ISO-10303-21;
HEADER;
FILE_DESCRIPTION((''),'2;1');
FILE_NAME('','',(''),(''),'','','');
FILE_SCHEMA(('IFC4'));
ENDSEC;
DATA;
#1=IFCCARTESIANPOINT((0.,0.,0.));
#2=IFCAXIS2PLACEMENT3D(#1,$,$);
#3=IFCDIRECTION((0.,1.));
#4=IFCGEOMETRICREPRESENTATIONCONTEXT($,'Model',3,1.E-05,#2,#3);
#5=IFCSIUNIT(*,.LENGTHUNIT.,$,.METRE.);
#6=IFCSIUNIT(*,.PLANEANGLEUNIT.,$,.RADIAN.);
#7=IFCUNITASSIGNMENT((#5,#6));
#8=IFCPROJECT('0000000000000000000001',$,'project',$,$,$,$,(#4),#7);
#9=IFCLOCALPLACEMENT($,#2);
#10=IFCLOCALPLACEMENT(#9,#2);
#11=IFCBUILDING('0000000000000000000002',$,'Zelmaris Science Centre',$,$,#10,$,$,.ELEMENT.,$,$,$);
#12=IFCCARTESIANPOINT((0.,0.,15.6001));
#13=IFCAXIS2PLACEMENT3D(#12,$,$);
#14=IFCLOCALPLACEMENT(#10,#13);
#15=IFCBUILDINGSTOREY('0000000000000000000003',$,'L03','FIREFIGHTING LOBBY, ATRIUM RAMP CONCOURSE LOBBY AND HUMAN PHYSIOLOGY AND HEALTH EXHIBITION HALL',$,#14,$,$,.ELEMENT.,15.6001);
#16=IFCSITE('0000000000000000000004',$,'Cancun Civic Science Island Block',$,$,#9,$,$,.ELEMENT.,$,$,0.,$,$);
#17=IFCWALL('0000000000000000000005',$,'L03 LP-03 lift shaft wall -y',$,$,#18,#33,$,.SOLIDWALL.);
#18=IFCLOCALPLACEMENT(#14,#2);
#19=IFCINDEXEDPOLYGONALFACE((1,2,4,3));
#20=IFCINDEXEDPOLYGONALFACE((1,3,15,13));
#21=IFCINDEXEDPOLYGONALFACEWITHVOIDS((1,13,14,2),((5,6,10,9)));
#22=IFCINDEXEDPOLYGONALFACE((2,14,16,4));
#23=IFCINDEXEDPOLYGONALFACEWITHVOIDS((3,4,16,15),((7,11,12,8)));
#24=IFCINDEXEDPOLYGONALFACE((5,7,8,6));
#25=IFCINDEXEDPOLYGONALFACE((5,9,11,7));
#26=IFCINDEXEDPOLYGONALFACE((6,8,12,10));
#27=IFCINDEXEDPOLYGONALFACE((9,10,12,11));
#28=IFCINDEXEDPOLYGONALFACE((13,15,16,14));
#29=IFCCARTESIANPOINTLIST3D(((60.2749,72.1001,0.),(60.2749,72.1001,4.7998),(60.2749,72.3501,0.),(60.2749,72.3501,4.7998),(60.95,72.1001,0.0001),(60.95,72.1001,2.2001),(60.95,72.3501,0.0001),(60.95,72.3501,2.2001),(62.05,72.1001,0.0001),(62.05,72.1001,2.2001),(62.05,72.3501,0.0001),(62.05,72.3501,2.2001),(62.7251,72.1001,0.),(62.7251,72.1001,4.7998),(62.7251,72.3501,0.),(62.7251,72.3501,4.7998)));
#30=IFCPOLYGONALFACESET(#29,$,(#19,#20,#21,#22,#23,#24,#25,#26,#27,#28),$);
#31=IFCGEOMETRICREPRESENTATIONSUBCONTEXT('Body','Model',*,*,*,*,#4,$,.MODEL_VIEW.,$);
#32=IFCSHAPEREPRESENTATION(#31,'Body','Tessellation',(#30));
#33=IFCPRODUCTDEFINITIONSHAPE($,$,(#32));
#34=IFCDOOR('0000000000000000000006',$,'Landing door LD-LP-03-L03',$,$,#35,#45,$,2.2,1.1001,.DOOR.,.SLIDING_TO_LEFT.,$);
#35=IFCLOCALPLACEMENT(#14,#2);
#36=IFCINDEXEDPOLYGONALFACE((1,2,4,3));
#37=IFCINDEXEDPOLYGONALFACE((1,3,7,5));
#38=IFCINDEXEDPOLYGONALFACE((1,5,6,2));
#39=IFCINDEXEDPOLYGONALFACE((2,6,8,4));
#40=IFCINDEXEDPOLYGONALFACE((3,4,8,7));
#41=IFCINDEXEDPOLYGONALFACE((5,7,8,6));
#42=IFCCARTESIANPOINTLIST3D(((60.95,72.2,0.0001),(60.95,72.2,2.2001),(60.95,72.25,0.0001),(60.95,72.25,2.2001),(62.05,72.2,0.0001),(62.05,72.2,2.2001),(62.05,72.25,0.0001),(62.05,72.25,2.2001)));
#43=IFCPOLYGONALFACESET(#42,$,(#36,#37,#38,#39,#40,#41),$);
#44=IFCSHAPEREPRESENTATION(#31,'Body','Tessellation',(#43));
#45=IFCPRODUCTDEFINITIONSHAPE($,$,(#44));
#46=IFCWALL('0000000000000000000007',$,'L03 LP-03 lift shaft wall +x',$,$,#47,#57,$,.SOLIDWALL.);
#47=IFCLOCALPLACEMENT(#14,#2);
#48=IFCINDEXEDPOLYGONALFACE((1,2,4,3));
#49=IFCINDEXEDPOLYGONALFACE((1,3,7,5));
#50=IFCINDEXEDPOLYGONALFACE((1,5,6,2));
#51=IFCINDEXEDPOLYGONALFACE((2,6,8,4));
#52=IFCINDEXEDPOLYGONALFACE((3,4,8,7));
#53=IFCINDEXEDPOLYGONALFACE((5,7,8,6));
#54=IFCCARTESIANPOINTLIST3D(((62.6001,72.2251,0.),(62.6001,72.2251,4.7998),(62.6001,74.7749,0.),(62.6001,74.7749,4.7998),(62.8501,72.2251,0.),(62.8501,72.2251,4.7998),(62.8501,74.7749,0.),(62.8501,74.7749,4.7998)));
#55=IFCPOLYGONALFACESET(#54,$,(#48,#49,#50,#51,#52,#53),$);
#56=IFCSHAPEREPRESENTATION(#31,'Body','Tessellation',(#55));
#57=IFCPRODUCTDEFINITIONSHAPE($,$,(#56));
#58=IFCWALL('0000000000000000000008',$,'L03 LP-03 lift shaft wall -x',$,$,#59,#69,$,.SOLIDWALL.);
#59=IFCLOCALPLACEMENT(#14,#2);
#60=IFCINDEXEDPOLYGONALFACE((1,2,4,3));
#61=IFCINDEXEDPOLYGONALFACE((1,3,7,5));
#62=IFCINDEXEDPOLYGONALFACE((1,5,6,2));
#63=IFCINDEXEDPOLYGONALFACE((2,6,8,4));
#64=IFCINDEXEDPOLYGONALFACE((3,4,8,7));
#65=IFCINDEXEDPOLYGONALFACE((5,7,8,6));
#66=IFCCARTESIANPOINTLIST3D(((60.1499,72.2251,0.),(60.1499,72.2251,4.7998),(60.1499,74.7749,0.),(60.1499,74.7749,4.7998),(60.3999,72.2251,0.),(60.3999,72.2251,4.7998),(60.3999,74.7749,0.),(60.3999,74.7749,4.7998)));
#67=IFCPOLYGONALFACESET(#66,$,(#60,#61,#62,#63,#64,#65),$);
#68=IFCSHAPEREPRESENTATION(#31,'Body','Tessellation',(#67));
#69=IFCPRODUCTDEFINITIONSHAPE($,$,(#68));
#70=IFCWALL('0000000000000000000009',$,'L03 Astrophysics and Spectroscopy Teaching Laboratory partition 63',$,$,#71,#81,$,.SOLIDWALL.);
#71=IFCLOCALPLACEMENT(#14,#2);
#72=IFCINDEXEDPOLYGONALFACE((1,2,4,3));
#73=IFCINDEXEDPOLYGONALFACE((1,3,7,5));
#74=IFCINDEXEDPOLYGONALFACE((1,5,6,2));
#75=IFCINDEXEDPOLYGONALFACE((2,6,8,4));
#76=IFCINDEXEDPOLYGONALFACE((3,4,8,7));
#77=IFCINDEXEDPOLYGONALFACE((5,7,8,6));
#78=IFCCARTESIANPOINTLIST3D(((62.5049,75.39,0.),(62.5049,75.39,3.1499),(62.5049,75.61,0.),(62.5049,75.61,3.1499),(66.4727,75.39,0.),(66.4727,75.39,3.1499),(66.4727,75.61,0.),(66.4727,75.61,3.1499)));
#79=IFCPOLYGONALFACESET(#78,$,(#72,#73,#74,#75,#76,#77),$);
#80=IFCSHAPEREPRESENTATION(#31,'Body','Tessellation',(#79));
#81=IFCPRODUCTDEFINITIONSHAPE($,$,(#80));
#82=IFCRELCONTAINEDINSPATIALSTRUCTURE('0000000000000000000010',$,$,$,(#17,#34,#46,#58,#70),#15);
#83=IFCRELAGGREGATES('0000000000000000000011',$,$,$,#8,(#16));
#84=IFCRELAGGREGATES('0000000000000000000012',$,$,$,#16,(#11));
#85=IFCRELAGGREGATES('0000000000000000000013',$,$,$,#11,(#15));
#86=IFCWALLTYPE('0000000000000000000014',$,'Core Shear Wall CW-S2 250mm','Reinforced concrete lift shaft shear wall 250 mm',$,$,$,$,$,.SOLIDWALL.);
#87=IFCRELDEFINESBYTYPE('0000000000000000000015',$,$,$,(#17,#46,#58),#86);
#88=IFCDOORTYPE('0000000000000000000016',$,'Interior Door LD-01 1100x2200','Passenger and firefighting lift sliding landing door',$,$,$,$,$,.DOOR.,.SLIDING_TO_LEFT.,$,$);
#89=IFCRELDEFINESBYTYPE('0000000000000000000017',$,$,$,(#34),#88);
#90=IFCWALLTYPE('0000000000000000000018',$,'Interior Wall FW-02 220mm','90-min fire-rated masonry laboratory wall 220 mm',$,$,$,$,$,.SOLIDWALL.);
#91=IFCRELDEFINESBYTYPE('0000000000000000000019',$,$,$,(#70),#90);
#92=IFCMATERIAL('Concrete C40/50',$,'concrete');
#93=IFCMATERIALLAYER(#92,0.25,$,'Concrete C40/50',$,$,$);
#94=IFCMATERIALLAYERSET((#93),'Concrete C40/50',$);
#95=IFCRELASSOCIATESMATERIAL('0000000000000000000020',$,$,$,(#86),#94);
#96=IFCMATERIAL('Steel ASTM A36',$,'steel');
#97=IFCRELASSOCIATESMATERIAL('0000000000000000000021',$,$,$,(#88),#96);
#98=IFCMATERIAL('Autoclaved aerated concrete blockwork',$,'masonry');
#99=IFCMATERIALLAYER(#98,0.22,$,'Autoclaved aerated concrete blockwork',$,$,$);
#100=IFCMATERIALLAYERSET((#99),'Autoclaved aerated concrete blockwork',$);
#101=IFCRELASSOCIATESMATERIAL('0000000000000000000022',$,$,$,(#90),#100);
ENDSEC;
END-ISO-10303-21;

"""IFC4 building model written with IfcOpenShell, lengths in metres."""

from ifc_helpers import new_model, si_unit, direction, frame, frame_2d, origin, place, context, subcontext, project, spatial, rectangle, extrude, material, layer, layer_set, type_object, element, fill, save


model = new_model("IFC4")

# Units and contexts
model_context = context("Model", 3, precision=1e-05, world=origin(), true_north=direction((0.0, 1.0)))
body_context = subcontext(model_context, "Body", "Model", "MODEL_VIEW")
ifc_project = project(units=[si_unit("LENGTHUNIT", "METRE"), si_unit("PLANEANGLEUNIT", "RADIAN")], contexts=[model_context])

# Site, building, storey
site_placement = place(None, origin())
site = spatial("IfcSite", under=ifc_project, at=site_placement, Name="Cancun Civic Science Island Block", CompositionType="ELEMENT", RefElevation=0.0)
building_placement = place(site_placement, origin())
building = spatial("IfcBuilding", under=site, at=building_placement, Name="Zelmaris Science Centre", CompositionType="ELEMENT")
storey_placement = place(building_placement, frame((0.0, 0.0, 15.6001)))
storey = spatial("IfcBuildingStorey", under=building, at=storey_placement, Name="L03", Description="FIREFIGHTING LOBBY, ATRIUM RAMP CONCOURSE LOBBY AND HUMAN PHYSIOLOGY AND HEALTH EXHIBITION HALL", CompositionType="ELEMENT", Elevation=15.6001)

# Wall, opening, door
ifc_material_1 = material(Name="Concrete C40/50", Category="concrete")
ifc_layer_1 = layer(ifc_material_1, 0.25, Name="Concrete C40/50")
ifc_layer_set_1 = layer_set([ifc_layer_1], Name="Concrete C40/50")
wall_type_1 = type_object("IfcWallType", Name="Core Shear Wall CW-S2 250mm", Description="Reinforced concrete lift shaft shear wall 250 mm", PredefinedType="SOLIDWALL", material=ifc_layer_set_1)
wall_1_placement = place(storey_placement, frame((60.2749, 72.2251, 0.0), z_axis=(0.0, 0.0, 1.0), x_axis=(1.0, 0.0, 0.0)))
wall_1 = element("IfcWall", 1, at=wall_1_placement, inside=storey, type_object=wall_type_1, Name="L03 LP-03 lift shaft wall -y", PredefinedType="SOLIDWALL", context=body_context, shape_type="SweptSolid", body=[
    extrude(rectangle(XDim=2.4502, YDim=0.25, at=frame_2d((1.2251, 0.0))), origin(), (0.0, 0.0, 1.0), 4.7998),
])
opening_placement = place(wall_1_placement, frame((0.675, 0.0, 0.0)))
opening = element("IfcOpeningElement", 2, at=opening_placement, cuts=wall_1, PredefinedType="OPENING", context=body_context, shape_type="SweptSolid", body=[
    extrude(rectangle(XDim=1.1001, YDim=2.2, at=frame_2d((0.55, 1.1001))), frame((0.0, 0.135, 0.0), z_axis=(0.0, -1.0, 0.0), x_axis=(1.0, 0.0, 0.0)), (0.0, 0.0, 1.0), 0.27),
])
ifc_material_2 = material(Name="Steel ASTM A36", Category="steel")
door_type = type_object("IfcDoorType", Name="Interior Door LD-01 1100x2200", Description="Passenger and firefighting lift sliding landing door", OperationType="SLIDING_TO_LEFT", PredefinedType="DOOR", material=ifc_material_2)
door_placement = place(opening_placement, origin())
door = element("IfcDoor", 3, at=door_placement, inside=storey, type_object=door_type, Name="Landing door LD-LP-03-L03", OperationType="SLIDING_TO_LEFT", OverallHeight=2.2, OverallWidth=1.1001, PredefinedType="DOOR", context=body_context, shape_type="SweptSolid", body=[
    extrude(rectangle(XDim=1.1001, YDim=2.2, at=frame_2d((0.55, 1.1001))), frame((0.0, 0.0249, 0.0), z_axis=(0.0, -1.0, 0.0), x_axis=(1.0, 0.0, 0.0)), (0.0, 0.0, 1.0), 0.05),
])
fill(opening, door)

# Walls
for number, where, z_axis, x_axis, name in (
    (4, (62.7251, 72.2251, 0.0), (0.0, 0.0, 1.0), (0.0, 1.0, 0.0), "L03 LP-03 lift shaft wall +x"),
    (5, (60.2749, 74.7749, 0.0), (0.0, 0.0, 1.0), (0.0, -1.0, 0.0), "L03 LP-03 lift shaft wall -x"),
):
    element("IfcWall", number, at=place(storey_placement, frame(where, z_axis=z_axis, x_axis=x_axis)), inside=storey, type_object=wall_type_1, Name=name, PredefinedType="SOLIDWALL", context=body_context, shape_type="SweptSolid", body=[
        extrude(rectangle(XDim=2.5498, YDim=0.25, at=frame_2d((1.2749, 0.0))), origin(), (0.0, 0.0, 1.0), 4.7998),
    ])
ifc_material_3 = material(Name="Autoclaved aerated concrete blockwork", Category="masonry")
ifc_layer_2 = layer(ifc_material_3, 0.22, Name="Autoclaved aerated concrete blockwork")
ifc_layer_set_2 = layer_set([ifc_layer_2], Name="Autoclaved aerated concrete blockwork")
wall_type_2 = type_object("IfcWallType", Name="Interior Wall FW-02 220mm", Description="90-min fire-rated masonry laboratory wall 220 mm", PredefinedType="SOLIDWALL", material=ifc_layer_set_2)
wall_2_placement = place(storey_placement, frame((62.5049, 75.5, 0.0), z_axis=(0.0, 0.0, 1.0), x_axis=(1.0, 0.0, 0.0)))
element("IfcWall", 6, at=wall_2_placement, inside=storey, type_object=wall_type_2, Name="L03 Astrophysics and Spectroscopy Teaching Laboratory partition 63", PredefinedType="SOLIDWALL", context=body_context, shape_type="SweptSolid", body=[
    extrude(rectangle(XDim=3.9678, YDim=0.22, at=frame_2d((1.9839, 0.0))), origin(), (0.0, 0.0, 1.0), 3.1499),
])

save(model, "model.ifc")
